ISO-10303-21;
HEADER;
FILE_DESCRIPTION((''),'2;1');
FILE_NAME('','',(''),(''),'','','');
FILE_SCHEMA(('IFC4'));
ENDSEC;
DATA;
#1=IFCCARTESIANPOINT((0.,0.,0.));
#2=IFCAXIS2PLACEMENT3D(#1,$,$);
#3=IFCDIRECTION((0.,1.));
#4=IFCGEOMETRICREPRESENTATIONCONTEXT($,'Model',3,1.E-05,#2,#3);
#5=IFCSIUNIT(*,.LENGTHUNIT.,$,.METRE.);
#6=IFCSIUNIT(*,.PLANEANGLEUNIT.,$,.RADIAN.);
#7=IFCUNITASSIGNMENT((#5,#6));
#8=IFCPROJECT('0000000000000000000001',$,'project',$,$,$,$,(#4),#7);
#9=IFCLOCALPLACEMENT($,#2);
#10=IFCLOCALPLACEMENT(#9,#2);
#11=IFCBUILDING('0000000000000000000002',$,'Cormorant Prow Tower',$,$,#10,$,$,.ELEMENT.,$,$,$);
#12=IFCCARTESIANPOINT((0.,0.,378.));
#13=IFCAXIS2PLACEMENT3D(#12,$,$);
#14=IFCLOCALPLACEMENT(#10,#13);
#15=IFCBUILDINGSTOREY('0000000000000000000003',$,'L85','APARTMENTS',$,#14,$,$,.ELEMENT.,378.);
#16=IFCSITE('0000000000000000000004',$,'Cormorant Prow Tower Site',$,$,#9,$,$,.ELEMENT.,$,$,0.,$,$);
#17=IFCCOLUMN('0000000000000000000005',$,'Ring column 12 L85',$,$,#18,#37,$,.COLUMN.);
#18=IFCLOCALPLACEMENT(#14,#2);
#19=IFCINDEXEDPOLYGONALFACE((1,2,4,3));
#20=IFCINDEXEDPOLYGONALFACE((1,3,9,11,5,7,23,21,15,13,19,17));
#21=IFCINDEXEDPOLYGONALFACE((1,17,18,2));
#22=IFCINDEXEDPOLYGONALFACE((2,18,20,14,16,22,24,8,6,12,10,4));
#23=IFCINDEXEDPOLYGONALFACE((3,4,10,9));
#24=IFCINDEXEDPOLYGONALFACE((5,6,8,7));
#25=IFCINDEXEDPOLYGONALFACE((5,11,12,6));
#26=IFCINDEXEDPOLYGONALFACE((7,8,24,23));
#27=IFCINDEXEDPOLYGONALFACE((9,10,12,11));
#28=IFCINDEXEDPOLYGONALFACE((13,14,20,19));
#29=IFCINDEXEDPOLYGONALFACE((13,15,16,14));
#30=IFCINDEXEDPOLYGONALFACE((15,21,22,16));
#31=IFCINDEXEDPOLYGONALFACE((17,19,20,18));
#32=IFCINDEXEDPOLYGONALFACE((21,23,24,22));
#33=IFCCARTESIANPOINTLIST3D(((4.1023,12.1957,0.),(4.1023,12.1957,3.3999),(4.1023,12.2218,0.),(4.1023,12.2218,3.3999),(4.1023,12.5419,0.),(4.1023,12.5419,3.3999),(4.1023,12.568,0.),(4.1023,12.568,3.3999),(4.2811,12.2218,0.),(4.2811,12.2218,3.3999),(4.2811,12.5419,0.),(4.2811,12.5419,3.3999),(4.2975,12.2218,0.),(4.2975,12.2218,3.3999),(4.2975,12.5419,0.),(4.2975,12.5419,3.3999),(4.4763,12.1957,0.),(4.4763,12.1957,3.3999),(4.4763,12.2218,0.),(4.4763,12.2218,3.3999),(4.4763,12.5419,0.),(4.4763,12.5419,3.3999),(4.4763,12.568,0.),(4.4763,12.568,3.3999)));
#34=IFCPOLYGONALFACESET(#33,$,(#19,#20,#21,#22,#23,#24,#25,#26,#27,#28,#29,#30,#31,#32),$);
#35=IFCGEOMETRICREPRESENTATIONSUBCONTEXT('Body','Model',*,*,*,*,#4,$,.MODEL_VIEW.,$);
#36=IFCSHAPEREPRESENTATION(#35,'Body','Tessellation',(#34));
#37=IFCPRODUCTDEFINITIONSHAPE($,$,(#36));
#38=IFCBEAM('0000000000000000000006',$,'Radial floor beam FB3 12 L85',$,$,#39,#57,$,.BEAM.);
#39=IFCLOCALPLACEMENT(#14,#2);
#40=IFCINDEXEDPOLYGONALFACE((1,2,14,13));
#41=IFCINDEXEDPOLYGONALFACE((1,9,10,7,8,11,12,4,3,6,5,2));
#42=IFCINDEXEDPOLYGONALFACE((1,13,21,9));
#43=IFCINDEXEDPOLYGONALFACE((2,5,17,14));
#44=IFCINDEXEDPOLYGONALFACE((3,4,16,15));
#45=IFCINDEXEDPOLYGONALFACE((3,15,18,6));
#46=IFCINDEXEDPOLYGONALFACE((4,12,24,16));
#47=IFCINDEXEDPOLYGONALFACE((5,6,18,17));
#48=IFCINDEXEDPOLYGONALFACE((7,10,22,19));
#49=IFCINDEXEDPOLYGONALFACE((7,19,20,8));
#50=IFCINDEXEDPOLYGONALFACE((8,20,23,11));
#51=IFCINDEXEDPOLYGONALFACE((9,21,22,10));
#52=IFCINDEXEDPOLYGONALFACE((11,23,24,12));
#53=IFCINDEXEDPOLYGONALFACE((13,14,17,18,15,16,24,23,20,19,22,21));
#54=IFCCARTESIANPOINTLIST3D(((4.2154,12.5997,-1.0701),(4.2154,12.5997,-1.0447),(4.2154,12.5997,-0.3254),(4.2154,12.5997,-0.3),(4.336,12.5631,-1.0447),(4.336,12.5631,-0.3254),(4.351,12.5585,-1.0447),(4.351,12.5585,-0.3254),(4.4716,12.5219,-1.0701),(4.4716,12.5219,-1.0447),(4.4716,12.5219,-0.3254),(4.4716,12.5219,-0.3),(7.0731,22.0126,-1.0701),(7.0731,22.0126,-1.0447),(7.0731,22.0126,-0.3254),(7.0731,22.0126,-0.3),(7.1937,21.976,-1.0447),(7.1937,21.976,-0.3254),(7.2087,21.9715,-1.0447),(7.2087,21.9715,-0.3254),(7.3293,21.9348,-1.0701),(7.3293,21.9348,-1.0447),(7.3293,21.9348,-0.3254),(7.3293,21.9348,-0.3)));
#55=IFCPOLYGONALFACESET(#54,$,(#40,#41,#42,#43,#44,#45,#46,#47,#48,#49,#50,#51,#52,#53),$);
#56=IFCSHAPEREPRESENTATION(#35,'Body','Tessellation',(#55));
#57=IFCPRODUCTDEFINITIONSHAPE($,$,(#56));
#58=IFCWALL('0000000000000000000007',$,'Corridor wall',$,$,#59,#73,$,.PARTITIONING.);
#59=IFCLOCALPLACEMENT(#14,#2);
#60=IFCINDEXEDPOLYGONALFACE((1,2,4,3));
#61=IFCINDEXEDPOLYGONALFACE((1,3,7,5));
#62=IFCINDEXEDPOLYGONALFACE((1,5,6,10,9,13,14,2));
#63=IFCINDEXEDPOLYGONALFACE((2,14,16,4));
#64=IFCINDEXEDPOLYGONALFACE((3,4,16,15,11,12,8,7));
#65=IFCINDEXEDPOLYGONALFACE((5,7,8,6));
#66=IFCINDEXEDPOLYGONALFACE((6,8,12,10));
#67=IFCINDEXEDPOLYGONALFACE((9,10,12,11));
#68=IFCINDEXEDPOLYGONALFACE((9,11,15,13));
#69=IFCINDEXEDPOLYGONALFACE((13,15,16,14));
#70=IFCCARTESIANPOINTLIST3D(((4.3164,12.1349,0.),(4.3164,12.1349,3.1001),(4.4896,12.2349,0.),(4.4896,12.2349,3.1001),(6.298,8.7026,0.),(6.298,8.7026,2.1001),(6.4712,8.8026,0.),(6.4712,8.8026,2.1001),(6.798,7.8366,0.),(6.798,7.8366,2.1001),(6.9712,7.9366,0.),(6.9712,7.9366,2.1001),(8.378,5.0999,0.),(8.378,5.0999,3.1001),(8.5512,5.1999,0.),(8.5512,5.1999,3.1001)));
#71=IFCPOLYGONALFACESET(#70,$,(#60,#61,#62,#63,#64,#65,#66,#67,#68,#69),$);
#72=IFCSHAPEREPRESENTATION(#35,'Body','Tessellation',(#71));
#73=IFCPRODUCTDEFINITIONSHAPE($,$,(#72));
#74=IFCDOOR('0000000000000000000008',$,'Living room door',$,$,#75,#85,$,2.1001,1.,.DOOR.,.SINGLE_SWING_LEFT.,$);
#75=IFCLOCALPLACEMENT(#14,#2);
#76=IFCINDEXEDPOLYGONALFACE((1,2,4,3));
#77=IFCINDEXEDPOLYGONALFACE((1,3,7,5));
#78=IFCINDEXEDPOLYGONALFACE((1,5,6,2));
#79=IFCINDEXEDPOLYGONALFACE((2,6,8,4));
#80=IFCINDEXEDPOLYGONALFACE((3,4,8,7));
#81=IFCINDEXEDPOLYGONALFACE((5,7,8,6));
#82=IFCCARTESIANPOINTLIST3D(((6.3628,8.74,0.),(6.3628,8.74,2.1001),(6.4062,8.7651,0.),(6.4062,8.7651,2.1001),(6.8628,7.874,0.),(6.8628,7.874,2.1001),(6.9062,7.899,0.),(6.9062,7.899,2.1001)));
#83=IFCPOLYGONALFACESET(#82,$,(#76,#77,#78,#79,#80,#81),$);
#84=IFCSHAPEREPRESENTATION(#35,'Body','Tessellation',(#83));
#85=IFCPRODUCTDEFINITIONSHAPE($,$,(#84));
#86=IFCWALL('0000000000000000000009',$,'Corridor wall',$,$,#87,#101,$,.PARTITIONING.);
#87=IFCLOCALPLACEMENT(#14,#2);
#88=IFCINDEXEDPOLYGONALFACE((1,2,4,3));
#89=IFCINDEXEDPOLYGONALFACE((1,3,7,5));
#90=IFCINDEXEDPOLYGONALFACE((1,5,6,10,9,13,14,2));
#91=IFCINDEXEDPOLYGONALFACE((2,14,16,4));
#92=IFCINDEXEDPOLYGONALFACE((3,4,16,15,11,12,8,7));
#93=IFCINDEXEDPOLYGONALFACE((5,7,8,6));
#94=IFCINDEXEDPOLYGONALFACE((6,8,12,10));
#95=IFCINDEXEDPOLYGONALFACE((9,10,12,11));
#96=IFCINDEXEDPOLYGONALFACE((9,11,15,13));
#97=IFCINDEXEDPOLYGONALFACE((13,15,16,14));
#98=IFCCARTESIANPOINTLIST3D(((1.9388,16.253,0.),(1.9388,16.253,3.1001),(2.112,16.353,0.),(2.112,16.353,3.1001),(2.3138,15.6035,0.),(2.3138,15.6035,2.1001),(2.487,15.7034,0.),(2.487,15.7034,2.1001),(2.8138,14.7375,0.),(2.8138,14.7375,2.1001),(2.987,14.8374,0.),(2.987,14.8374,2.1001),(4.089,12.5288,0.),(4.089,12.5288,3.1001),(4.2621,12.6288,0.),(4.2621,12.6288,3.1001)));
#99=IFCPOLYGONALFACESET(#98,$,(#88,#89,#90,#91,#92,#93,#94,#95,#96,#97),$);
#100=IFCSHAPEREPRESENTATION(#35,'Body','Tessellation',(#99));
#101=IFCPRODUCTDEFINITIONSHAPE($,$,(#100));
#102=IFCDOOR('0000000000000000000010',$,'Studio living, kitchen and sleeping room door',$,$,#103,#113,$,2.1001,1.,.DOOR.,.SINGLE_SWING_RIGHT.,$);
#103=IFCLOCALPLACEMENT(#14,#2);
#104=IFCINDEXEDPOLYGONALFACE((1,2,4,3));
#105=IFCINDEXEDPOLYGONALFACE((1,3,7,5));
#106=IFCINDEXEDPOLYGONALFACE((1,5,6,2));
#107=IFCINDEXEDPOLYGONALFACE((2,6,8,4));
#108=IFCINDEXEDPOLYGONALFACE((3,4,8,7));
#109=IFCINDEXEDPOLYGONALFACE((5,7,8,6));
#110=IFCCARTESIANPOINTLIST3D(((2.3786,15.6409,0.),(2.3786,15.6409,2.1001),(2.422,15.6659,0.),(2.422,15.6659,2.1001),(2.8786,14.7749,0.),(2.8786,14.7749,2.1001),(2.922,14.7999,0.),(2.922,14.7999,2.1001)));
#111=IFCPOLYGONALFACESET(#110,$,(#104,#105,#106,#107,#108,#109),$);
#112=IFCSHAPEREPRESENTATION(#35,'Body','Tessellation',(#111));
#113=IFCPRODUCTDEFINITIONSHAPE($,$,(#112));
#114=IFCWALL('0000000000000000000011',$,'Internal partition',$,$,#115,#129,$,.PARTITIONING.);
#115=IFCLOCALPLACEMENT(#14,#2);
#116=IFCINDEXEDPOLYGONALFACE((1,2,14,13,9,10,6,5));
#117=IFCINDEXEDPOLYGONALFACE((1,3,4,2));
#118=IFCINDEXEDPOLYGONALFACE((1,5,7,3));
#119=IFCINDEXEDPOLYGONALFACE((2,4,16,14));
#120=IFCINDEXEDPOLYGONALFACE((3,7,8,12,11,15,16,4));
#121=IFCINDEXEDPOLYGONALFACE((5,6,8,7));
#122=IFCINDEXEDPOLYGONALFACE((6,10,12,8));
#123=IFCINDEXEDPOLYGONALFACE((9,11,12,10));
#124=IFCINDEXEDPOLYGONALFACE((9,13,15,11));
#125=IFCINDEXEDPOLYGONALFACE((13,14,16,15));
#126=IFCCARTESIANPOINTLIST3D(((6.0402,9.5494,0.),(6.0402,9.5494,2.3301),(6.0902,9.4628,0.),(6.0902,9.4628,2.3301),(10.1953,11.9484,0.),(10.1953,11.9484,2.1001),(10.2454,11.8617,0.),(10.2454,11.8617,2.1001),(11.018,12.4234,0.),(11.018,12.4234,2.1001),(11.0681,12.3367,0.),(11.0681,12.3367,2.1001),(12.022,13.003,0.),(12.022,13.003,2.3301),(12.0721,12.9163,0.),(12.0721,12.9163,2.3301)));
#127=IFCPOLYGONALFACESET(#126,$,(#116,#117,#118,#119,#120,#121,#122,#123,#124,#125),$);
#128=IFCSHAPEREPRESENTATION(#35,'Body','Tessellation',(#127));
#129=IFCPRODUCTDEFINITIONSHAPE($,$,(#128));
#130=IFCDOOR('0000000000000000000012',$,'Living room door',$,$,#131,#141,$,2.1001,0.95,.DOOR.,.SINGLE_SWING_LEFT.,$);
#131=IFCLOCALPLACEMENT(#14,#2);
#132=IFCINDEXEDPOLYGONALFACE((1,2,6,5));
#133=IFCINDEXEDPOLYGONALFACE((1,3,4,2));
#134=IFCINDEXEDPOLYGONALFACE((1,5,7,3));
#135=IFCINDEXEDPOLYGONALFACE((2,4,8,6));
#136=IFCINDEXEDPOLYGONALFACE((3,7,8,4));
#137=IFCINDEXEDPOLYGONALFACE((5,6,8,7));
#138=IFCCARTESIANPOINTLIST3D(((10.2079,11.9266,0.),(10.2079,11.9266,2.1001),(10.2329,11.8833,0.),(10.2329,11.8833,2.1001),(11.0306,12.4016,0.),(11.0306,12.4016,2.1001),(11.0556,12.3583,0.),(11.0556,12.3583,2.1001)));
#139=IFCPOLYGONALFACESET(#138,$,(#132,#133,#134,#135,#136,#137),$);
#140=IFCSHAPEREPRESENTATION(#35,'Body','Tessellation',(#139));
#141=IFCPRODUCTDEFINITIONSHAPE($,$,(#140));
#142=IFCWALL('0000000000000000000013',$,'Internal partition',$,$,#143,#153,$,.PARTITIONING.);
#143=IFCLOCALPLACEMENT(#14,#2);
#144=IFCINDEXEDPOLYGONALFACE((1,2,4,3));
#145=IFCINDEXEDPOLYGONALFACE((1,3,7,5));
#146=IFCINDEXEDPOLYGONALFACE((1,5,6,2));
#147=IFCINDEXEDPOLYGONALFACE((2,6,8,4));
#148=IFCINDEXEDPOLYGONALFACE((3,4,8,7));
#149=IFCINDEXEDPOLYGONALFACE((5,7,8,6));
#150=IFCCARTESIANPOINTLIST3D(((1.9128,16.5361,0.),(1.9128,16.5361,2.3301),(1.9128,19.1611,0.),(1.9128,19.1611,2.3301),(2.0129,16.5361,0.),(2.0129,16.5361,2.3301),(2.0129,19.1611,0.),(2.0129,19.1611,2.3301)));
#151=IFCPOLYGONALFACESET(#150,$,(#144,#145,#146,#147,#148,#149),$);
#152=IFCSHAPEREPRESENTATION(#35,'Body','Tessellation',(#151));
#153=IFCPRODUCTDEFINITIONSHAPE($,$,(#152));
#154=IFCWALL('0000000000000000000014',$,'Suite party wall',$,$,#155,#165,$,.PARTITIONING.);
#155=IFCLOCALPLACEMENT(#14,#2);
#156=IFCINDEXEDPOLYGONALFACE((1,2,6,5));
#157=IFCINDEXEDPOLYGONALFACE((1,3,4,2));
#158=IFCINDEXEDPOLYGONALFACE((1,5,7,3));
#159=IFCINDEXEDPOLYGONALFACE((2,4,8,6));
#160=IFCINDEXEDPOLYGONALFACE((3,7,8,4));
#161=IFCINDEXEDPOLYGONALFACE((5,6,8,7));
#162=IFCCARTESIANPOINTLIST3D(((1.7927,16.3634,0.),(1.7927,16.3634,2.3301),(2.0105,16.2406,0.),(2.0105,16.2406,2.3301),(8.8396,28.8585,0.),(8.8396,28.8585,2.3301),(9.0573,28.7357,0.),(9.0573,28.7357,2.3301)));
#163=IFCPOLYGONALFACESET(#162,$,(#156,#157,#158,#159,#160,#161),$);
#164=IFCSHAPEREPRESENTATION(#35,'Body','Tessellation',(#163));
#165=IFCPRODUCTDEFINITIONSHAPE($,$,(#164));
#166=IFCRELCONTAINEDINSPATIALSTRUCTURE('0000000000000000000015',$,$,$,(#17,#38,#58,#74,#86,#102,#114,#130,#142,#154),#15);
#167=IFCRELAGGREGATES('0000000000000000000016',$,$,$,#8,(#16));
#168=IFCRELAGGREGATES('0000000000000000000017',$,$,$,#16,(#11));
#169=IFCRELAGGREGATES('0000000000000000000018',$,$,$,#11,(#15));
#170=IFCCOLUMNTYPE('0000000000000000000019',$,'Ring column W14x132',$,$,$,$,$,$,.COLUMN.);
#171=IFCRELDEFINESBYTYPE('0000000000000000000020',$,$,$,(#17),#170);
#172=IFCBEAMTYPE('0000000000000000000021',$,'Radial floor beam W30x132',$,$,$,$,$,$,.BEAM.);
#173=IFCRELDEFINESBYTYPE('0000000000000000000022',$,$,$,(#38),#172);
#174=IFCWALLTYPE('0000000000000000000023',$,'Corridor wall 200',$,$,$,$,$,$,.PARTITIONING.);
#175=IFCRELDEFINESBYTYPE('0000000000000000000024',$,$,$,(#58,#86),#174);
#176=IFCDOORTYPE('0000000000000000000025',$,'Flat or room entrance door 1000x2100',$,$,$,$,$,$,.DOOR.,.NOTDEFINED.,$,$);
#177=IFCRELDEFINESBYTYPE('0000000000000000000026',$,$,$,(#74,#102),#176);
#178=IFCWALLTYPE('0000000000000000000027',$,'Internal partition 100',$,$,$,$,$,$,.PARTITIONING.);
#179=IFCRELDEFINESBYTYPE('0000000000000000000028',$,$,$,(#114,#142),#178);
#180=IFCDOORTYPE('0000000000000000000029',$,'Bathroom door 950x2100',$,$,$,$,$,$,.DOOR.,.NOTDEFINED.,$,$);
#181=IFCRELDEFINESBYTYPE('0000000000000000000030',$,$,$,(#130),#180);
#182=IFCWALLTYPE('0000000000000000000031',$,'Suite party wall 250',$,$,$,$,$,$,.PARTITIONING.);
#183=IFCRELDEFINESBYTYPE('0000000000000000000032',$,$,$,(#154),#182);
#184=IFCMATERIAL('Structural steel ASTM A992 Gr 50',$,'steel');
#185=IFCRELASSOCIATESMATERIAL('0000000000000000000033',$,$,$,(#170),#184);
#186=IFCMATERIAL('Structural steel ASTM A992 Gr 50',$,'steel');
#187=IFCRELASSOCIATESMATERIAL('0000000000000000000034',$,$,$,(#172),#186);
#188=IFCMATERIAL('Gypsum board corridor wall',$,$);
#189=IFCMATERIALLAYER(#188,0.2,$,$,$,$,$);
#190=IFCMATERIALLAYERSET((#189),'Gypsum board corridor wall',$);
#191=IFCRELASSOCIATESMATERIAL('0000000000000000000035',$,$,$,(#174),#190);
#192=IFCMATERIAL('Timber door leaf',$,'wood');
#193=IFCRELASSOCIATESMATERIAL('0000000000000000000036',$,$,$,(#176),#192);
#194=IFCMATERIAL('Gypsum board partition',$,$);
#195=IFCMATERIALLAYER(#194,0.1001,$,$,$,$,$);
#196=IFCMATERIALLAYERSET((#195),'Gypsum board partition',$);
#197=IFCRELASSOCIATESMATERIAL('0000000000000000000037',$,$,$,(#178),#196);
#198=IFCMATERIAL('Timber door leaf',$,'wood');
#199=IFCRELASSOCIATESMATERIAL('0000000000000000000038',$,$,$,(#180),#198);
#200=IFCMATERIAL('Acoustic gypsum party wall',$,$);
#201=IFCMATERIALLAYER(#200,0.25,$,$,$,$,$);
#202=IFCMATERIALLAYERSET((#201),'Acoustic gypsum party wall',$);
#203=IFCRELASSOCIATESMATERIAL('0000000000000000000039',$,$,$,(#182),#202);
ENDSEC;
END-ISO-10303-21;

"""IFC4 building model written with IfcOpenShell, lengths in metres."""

from ifc_helpers import new_model, si_unit, direction, frame, frame_2d, origin, origin_2d, place, context, subcontext, project, spatial, rectangle, i_section, extrude, material, layer, layer_set, material_profile, profile_set, type_object, element, fill, save


model = new_model("IFC4")

# Units and contexts
model_context = context("Model", 3, precision=1e-05, world=origin(), true_north=direction((0.0, 1.0)))
body_context = subcontext(model_context, "Body", "Model", "MODEL_VIEW")
ifc_project = project(units=[si_unit("LENGTHUNIT", "METRE"), si_unit("PLANEANGLEUNIT", "RADIAN")], contexts=[model_context])

# Site, building, storey
site_placement = place(None, origin())
site = spatial("IfcSite", under=ifc_project, at=site_placement, Name="Cormorant Prow Tower Site", CompositionType="ELEMENT", RefElevation=0.0)
building_placement = place(site_placement, origin())
building = spatial("IfcBuilding", under=site, at=building_placement, Name="Cormorant Prow Tower", CompositionType="ELEMENT")
storey_placement = place(building_placement, frame((0.0, 0.0, 378.0)))
storey = spatial("IfcBuildingStorey", under=building, at=storey_placement, Name="L85", Description="APARTMENTS", CompositionType="ELEMENT", Elevation=378.0)

# Column
ifc_material_1 = material(Name="Structural steel ASTM A992 Gr 50", Category="steel")
ifc_material_profile_1 = material_profile(ifc_material_1, i_section(OverallWidth=0.374, OverallDepth=0.3723, WebThickness=0.0164, FlangeThickness=0.0261, at=origin_2d()), Name="W14x132")
ifc_profile_set_1 = profile_set([ifc_material_profile_1], Name="Structural steel ASTM A992 Gr 50")
column_type = type_object("IfcColumnType", Name="Ring column W14x132", PredefinedType="COLUMN", material=ifc_profile_set_1)
column_placement = place(storey_placement, frame((4.2893, 12.3818, 0.0), z_axis=(0.0, 0.0, 1.0), x_axis=(1.0, 0.0, 0.0)))
element("IfcColumn", 1, at=column_placement, inside=storey, type_object=column_type, Name="Ring column 12 L85", PredefinedType="COLUMN", context=body_context, shape_type="SweptSolid", body=[
    extrude(i_section(OverallWidth=0.374, OverallDepth=0.3723, WebThickness=0.0164, FlangeThickness=0.0261, at=origin_2d()), origin(), (0.0, 0.0, 1.0), 3.3999),
])

# Beam
ifc_material_2 = material(Name="Structural steel ASTM A992 Gr 50", Category="steel")
ifc_material_profile_2 = material_profile(ifc_material_2, i_section(OverallWidth=0.2678, OverallDepth=0.77, WebThickness=0.0156, FlangeThickness=0.0254, at=origin_2d()), Name="W30x132")
ifc_profile_set_2 = profile_set([ifc_material_profile_2], Name="Structural steel ASTM A992 Gr 50")
beam_type = type_object("IfcBeamType", Name="Radial floor beam W30x132", PredefinedType="BEAM", material=ifc_profile_set_2)
beam_placement = place(storey_placement, frame((4.3435, 12.5608, -0.6851), z_axis=(0.2905, 0.956875, 0.0), x_axis=(-0.956875, 0.2905, 0.0)))
element("IfcBeam", 2, at=beam_placement, inside=storey, type_object=beam_type, Name="Radial floor beam FB3 12 L85", PredefinedType="BEAM", context=body_context, shape_type="SweptSolid", body=[
    extrude(i_section(OverallWidth=0.2678, OverallDepth=0.77, WebThickness=0.0156, FlangeThickness=0.0254, at=origin_2d()), origin(), (0.0, 0.0, 1.0), 9.8372),
])

# Walls, openings, doors
ifc_material_3 = material(Name="Gypsum board corridor wall")
ifc_layer_1 = layer(ifc_material_3, 0.2)
ifc_layer_set_1 = layer_set([ifc_layer_1], Name="Gypsum board corridor wall")
wall_type_1 = type_object("IfcWallType", Name="Corridor wall 200", PredefinedType="PARTITIONING", material=ifc_layer_set_1)
wall_1_placement = place(storey_placement, frame((4.4031, 12.1848, 0.0), z_axis=(0.0, 0.0, 1.0), x_axis=(0.499992, -0.86603, 0.0)))
wall_1 = element("IfcWall", 3, at=wall_1_placement, inside=storey, type_object=wall_type_1, Name="Corridor wall", PredefinedType="PARTITIONING", context=body_context, shape_type="SweptSolid", body=[
    extrude(rectangle(XDim=8.1233, YDim=0.2, at=frame_2d((4.0615, 0.0))), origin(), (0.0, 0.0, 1.0), 3.1001),
])
opening_1_placement = place(wall_1_placement, frame((3.9631, 0.0, 0.0)))
opening_1 = element("IfcOpeningElement", 4, at=opening_1_placement, cuts=wall_1, PredefinedType="OPENING", context=body_context, shape_type="SweptSolid", body=[
    extrude(rectangle(XDim=1.0, YDim=2.1001, at=frame_2d((0.5, 1.05))), frame((0.0, 0.1099, 0.0), z_axis=(0.0, -1.0, 0.0), x_axis=(1.0, 0.0, 0.0)), (0.0, 0.0, 1.0), 0.22),
])
ifc_material_4 = material(Name="Timber door leaf", Category="wood")
door_type_1 = type_object("IfcDoorType", Name="Flat or room entrance door 1000x2100", OperationType="NOTDEFINED", PredefinedType="DOOR", material=ifc_material_4)
door_1_placement = place(opening_1_placement, origin())
door_1 = element("IfcDoor", 5, at=door_1_placement, inside=storey, type_object=door_type_1, Name="Living room door", OperationType="SINGLE_SWING_LEFT", OverallHeight=2.1001, OverallWidth=1.0, PredefinedType="DOOR", context=body_context, shape_type="SweptSolid", body=[
    extrude(rectangle(XDim=1.0, YDim=2.1001, at=frame_2d((0.5, 1.05))), frame((0.0, 0.0249, 0.0), z_axis=(0.0, -1.0, 0.0), x_axis=(1.0, 0.0, 0.0)), (0.0, 0.0, 1.0), 0.05),
])
fill(opening_1, door_1)
wall_2_placement = place(storey_placement, frame((2.0254, 16.303, 0.0), z_axis=(0.0, 0.0, 1.0), x_axis=(0.500004, -0.866023, 0.0)))
wall_2 = element("IfcWall", 6, at=wall_2_placement, inside=storey, type_object=wall_type_1, Name="Corridor wall", PredefinedType="PARTITIONING", context=body_context, shape_type="SweptSolid", body=[
    extrude(rectangle(XDim=4.3003, YDim=0.2, at=frame_2d((2.1501, 0.0))), origin(), (0.0, 0.0, 1.0), 3.1001),
])
opening_2_placement = place(wall_2_placement, frame((0.75, 0.0, 0.0)))
opening_2 = element("IfcOpeningElement", 7, at=opening_2_placement, cuts=wall_2, PredefinedType="OPENING", context=body_context, shape_type="SweptSolid", body=[
    extrude(rectangle(XDim=1.0, YDim=2.1001, at=frame_2d((0.5, 1.05))), frame((0.0, 0.1099, 0.0), z_axis=(0.0, -1.0, 0.0), x_axis=(1.0, 0.0, 0.0)), (0.0, 0.0, 1.0), 0.22),
])
door_2_placement = place(opening_2_placement, origin())
door_2 = element("IfcDoor", 8, at=door_2_placement, inside=storey, type_object=door_type_1, Name="Studio living, kitchen and sleeping room door", OperationType="SINGLE_SWING_RIGHT", OverallHeight=2.1001, OverallWidth=1.0, PredefinedType="DOOR", context=body_context, shape_type="SweptSolid", body=[
    extrude(rectangle(XDim=1.0, YDim=2.1001, at=frame_2d((0.5, 1.05))), frame((0.0, 0.0249, 0.0), z_axis=(0.0, -1.0, 0.0), x_axis=(1.0, 0.0, 0.0)), (0.0, 0.0, 1.0), 0.05),
])
fill(opening_2, door_2)
ifc_material_5 = material(Name="Gypsum board partition")
ifc_layer_2 = layer(ifc_material_5, 0.1001)
ifc_layer_set_2 = layer_set([ifc_layer_2], Name="Gypsum board partition")
wall_type_2 = type_object("IfcWallType", Name="Internal partition 100", PredefinedType="PARTITIONING", material=ifc_layer_set_2)
wall_3_placement = place(storey_placement, frame((6.0652, 9.5061, 0.0), z_axis=(0.0, 0.0, 1.0), x_axis=(0.866029, 0.499994, 0.0)))
wall_3 = element("IfcWall", 9, at=wall_3_placement, inside=storey, type_object=wall_type_2, Name="Internal partition", PredefinedType="PARTITIONING", context=body_context, shape_type="SweptSolid", body=[
    extrude(rectangle(XDim=6.9072, YDim=0.1001, at=frame_2d((3.4536, 0.0))), origin(), (0.0, 0.0, 1.0), 2.3301),
])
opening_3_placement = place(wall_3_placement, frame((4.7979, 0.0, 0.0)))
opening_3 = element("IfcOpeningElement", 10, at=opening_3_placement, cuts=wall_3, PredefinedType="OPENING", context=body_context, shape_type="SweptSolid", body=[
    extrude(rectangle(XDim=0.95, YDim=2.1001, at=frame_2d((0.4751, 1.05))), frame((0.0, 0.0601, 0.0), z_axis=(0.0, -1.0, 0.0), x_axis=(1.0, 0.0, 0.0)), (0.0, 0.0, 1.0), 0.1201),
])
ifc_material_6 = material(Name="Timber door leaf", Category="wood")
door_type_2 = type_object("IfcDoorType", Name="Bathroom door 950x2100", OperationType="NOTDEFINED", PredefinedType="DOOR", material=ifc_material_6)
door_3_placement = place(opening_3_placement, origin())
door_3 = element("IfcDoor", 11, at=door_3_placement, inside=storey, type_object=door_type_2, Name="Living room door", OperationType="SINGLE_SWING_LEFT", OverallHeight=2.1001, OverallWidth=0.95, PredefinedType="DOOR", context=body_context, shape_type="SweptSolid", body=[
    extrude(rectangle(XDim=0.95, YDim=2.1001, at=frame_2d((0.4751, 1.05))), frame((0.0, 0.0249, 0.0), z_axis=(0.0, -1.0, 0.0), x_axis=(1.0, 0.0, 0.0)), (0.0, 0.0, 1.0), 0.05),
])
fill(opening_3, door_3)

# Walls
wall_4_placement = place(storey_placement, frame((1.9629, 16.5361, 0.0), z_axis=(0.0, 0.0, 1.0), x_axis=(0.0, 1.0, 0.0)))
element("IfcWall", 12, at=wall_4_placement, inside=storey, type_object=wall_type_2, Name="Internal partition", PredefinedType="PARTITIONING", context=body_context, shape_type="SweptSolid", body=[
    extrude(rectangle(XDim=2.625, YDim=0.1001, at=frame_2d((1.3125, 0.0))), origin(), (0.0, 0.0, 1.0), 2.3301),
])
ifc_material_7 = material(Name="Acoustic gypsum party wall")
ifc_layer_3 = layer(ifc_material_7, 0.25)
ifc_layer_set_3 = layer_set([ifc_layer_3], Name="Acoustic gypsum party wall")
wall_type_3 = type_object("IfcWallType", Name="Suite party wall 250", PredefinedType="PARTITIONING", material=ifc_layer_set_3)
wall_5_placement = place(storey_placement, frame((1.9016, 16.302, 0.0), z_axis=(0.0, 0.0, 1.0), x_axis=(0.491234, 0.871028, 0.0)))
element("IfcWall", 13, at=wall_5_placement, inside=storey, type_object=wall_type_3, Name="Suite party wall", PredefinedType="PARTITIONING", context=body_context, shape_type="SweptSolid", body=[
    extrude(rectangle(XDim=14.3452, YDim=0.25, at=frame_2d((7.1726, 0.0))), origin(), (0.0, 0.0, 1.0), 2.3301),
])

save(model, "model.ifc")
